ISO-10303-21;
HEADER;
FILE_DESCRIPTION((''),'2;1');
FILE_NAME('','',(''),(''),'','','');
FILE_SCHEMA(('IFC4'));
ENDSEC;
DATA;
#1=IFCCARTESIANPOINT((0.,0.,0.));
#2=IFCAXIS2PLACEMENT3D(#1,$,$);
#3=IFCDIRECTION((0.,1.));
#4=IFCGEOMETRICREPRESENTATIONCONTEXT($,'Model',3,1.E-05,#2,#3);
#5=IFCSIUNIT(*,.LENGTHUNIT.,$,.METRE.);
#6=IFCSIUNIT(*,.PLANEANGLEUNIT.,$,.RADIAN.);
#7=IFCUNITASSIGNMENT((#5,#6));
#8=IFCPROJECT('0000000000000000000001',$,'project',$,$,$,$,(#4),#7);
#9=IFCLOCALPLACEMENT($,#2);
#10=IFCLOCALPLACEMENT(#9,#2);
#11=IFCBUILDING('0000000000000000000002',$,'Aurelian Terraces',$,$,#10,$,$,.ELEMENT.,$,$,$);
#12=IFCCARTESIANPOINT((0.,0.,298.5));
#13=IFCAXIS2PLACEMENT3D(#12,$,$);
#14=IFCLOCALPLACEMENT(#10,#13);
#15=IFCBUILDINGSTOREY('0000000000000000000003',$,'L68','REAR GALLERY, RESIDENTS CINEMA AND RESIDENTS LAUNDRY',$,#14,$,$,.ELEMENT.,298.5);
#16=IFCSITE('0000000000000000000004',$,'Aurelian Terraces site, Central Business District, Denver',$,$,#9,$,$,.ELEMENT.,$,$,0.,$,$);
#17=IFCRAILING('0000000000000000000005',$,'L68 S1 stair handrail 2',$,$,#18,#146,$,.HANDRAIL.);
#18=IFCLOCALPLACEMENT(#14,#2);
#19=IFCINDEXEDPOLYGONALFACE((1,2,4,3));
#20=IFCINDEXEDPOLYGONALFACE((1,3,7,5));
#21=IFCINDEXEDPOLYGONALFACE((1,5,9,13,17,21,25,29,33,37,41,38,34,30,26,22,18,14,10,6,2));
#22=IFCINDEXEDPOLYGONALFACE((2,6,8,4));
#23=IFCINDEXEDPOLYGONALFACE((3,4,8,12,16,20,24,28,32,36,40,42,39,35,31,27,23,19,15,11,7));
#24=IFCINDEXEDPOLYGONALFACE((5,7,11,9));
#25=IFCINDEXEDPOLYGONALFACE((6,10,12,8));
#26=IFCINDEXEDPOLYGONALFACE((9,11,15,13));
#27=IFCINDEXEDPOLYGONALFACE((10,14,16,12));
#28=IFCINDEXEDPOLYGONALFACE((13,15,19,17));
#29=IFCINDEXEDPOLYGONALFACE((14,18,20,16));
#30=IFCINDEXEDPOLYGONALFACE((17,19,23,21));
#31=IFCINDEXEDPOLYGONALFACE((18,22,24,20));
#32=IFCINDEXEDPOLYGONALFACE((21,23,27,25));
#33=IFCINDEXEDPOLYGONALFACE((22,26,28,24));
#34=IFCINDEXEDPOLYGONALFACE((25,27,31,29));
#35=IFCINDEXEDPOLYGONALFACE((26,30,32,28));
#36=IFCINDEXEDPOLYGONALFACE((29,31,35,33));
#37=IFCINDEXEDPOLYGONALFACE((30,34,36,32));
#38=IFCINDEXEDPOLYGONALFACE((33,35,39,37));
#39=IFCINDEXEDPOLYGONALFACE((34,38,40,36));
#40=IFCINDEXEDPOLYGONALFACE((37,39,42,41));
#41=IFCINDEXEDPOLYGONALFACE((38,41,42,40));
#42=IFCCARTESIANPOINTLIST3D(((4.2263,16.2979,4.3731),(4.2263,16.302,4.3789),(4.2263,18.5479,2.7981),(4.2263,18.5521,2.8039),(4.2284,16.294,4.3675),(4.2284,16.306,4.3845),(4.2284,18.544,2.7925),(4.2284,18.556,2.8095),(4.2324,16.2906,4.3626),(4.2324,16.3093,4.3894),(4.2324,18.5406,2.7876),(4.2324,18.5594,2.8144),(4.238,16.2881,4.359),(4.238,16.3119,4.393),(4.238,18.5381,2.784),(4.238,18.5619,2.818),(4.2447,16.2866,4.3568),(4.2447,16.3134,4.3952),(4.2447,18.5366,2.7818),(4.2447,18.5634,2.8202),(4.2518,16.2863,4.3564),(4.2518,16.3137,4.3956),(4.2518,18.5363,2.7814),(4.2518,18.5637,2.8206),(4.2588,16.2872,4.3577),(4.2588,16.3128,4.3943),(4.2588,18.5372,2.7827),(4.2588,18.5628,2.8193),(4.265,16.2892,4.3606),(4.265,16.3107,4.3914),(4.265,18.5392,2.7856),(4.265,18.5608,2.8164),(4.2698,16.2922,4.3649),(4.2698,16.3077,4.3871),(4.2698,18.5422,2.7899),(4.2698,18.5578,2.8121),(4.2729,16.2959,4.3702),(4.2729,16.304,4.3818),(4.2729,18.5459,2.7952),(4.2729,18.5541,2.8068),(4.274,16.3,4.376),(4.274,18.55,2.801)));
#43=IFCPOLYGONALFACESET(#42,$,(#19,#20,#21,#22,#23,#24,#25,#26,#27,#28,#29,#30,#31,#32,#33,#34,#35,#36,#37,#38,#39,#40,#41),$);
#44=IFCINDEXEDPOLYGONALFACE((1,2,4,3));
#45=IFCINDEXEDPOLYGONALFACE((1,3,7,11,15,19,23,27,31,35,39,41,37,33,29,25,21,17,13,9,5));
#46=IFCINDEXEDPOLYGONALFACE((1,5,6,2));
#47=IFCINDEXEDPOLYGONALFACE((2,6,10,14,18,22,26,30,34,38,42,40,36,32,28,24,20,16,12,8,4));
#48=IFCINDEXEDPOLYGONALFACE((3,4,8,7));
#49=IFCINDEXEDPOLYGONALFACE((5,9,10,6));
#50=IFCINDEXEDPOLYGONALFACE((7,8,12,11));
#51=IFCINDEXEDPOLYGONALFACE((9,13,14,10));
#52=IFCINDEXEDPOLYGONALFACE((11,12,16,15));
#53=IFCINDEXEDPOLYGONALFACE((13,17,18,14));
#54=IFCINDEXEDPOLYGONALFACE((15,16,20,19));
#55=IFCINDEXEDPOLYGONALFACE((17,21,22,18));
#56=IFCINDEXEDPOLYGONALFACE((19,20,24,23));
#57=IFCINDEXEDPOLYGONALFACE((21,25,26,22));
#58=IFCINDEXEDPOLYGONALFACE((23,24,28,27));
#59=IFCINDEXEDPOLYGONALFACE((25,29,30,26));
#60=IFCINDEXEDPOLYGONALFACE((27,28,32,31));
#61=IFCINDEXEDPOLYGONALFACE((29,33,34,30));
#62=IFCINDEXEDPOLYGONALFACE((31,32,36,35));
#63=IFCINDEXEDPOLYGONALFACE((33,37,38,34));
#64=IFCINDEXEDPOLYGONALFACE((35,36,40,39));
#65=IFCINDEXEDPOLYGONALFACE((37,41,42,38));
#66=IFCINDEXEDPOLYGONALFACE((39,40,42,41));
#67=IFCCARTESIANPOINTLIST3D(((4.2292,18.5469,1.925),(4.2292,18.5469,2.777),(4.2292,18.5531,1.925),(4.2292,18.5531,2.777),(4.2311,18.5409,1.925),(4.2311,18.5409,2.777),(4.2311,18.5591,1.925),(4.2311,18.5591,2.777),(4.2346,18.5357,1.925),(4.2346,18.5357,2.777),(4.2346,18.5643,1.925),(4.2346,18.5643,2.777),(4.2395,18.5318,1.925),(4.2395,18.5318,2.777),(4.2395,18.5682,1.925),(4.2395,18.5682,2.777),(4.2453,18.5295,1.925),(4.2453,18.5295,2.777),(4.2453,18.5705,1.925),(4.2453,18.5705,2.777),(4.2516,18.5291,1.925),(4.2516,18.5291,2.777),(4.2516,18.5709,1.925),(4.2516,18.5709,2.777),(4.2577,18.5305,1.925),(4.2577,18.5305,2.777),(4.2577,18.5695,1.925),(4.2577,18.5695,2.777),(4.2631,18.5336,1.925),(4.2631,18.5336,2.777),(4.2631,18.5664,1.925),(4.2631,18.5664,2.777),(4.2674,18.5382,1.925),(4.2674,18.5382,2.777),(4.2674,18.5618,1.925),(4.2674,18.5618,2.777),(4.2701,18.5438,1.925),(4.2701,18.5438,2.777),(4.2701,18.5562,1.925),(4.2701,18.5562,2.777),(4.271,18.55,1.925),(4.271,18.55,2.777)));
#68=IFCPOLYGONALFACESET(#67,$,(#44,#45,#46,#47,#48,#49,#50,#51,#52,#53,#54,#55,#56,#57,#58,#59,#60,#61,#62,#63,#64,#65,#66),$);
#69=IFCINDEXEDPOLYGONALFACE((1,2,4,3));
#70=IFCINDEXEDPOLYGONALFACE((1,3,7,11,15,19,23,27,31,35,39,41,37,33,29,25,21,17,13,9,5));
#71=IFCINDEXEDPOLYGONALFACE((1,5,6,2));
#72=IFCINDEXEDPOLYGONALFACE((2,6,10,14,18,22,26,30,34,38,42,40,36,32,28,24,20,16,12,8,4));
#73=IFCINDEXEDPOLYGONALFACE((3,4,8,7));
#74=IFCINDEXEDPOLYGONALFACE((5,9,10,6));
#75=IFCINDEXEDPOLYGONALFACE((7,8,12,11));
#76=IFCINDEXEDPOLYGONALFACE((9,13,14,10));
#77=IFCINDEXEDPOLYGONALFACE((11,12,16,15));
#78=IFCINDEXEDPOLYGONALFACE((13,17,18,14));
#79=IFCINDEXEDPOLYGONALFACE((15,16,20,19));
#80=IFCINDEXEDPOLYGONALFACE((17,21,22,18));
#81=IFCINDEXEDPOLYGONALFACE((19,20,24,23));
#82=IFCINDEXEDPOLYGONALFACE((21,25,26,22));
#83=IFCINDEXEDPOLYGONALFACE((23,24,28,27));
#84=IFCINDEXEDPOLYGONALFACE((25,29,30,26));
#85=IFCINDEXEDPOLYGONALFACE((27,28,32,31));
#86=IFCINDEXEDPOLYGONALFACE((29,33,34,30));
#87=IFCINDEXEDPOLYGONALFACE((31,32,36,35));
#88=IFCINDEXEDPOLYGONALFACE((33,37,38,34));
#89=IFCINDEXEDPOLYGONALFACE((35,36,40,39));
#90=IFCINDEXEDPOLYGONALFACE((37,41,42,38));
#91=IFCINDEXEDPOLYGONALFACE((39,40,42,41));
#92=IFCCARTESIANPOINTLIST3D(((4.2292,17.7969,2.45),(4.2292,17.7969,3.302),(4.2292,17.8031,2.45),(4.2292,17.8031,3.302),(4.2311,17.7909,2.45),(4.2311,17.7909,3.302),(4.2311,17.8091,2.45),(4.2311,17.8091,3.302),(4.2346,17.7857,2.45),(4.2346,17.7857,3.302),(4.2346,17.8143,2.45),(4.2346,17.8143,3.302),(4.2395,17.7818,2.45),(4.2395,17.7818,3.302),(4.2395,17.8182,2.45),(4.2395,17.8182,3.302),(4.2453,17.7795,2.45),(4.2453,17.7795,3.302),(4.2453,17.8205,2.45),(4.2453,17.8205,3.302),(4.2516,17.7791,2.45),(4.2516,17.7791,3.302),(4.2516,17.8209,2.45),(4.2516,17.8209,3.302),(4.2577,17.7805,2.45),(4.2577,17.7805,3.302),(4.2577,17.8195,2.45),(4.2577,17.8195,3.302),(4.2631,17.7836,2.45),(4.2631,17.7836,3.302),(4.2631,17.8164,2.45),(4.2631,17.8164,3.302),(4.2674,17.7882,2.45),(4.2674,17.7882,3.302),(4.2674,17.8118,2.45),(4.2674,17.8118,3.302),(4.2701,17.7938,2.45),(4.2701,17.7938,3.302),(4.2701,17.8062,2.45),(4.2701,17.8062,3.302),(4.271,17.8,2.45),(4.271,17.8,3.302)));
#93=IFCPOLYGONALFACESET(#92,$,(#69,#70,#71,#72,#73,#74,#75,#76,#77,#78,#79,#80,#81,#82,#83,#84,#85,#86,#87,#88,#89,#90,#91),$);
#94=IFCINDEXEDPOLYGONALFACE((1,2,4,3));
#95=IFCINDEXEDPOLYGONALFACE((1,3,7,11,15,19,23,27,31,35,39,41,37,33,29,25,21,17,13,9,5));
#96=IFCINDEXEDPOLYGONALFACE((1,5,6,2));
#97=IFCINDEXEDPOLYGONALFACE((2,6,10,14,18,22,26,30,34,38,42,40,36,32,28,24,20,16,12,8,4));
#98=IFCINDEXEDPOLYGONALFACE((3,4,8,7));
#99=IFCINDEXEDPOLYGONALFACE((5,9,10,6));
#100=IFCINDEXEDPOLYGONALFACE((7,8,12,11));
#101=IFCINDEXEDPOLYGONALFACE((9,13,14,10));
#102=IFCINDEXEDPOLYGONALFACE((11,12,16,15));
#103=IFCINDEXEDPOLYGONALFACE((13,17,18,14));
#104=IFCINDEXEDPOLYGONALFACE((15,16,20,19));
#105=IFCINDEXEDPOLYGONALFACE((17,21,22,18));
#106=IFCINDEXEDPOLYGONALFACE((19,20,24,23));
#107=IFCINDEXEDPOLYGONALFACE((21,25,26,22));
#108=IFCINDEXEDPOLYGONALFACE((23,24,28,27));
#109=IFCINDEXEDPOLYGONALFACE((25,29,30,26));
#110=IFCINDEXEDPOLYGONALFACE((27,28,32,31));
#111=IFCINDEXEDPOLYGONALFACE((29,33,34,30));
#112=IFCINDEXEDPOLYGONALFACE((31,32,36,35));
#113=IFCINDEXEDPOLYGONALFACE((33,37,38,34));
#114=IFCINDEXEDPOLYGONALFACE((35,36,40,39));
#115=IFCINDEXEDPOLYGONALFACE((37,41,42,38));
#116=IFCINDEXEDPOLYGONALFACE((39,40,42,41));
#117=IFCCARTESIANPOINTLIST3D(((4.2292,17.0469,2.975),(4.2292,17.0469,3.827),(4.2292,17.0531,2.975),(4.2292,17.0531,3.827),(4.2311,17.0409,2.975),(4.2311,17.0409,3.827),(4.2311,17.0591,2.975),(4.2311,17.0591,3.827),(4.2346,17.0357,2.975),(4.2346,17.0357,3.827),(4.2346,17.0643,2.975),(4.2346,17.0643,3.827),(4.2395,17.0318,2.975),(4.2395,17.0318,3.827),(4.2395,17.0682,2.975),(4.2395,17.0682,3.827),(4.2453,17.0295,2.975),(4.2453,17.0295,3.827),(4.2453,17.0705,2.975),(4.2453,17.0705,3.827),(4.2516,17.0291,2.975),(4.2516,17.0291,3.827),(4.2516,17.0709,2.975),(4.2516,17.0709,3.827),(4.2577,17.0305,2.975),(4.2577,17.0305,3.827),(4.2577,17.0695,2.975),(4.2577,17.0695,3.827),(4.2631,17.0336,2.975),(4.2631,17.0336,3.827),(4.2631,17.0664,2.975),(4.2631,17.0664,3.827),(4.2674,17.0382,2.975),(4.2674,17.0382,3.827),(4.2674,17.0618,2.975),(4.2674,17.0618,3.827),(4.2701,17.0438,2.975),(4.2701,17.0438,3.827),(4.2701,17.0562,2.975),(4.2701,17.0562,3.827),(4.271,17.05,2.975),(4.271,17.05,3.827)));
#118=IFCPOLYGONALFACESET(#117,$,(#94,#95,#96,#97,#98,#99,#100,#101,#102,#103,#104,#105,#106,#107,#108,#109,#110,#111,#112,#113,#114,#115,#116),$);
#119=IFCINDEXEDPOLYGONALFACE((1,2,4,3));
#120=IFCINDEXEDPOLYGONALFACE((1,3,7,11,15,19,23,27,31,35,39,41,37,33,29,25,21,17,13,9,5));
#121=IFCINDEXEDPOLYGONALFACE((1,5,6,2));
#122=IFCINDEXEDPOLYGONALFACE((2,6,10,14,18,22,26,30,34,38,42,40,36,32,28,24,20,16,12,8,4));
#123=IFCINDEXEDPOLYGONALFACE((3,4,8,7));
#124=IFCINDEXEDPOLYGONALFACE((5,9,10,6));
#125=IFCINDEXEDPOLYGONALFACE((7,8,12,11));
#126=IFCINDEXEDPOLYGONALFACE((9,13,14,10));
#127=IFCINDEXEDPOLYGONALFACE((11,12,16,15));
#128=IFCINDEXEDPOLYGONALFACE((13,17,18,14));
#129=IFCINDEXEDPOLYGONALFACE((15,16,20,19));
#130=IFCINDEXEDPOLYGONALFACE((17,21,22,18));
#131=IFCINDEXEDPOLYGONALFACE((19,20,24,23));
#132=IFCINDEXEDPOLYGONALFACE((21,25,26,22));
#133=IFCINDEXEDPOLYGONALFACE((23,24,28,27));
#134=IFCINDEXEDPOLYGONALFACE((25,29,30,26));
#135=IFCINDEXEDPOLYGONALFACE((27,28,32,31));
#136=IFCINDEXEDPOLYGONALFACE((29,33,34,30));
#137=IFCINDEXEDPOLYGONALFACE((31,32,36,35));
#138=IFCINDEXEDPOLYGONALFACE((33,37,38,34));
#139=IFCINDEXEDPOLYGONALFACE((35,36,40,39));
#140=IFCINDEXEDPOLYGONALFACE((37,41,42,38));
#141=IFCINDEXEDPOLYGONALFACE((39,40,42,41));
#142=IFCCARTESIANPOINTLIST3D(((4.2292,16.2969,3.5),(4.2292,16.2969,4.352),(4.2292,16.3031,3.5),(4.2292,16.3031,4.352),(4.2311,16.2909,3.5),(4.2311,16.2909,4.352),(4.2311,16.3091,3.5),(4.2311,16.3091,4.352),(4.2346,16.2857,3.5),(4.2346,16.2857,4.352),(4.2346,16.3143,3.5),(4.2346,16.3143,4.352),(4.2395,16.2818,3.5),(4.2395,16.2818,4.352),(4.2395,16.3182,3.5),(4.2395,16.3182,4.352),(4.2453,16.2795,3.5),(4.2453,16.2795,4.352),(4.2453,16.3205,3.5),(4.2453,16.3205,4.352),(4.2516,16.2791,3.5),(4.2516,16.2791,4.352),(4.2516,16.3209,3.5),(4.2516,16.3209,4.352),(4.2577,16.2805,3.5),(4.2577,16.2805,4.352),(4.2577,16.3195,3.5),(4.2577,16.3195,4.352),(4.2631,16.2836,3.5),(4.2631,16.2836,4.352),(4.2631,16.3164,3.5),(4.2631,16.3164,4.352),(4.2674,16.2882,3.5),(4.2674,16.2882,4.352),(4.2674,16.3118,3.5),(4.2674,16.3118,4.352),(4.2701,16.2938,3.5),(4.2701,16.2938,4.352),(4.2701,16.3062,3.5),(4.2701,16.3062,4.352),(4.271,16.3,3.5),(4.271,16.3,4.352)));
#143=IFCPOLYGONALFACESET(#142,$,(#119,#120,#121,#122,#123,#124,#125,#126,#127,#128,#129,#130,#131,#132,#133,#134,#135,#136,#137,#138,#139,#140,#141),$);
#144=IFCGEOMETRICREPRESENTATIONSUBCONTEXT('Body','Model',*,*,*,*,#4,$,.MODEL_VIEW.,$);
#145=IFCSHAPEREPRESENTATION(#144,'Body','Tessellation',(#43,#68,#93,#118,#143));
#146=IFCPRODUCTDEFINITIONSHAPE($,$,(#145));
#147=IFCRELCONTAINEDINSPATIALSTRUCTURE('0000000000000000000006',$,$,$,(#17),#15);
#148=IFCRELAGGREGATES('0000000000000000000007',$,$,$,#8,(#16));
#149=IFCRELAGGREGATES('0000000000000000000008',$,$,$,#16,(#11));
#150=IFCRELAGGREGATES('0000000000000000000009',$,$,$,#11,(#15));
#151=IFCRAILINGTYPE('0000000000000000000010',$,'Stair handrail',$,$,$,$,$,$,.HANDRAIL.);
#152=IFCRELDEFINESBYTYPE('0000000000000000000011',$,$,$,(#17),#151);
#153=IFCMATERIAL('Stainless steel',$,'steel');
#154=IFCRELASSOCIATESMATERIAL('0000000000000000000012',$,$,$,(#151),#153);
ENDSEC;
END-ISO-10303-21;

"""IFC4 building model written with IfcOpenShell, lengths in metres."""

from ifc_helpers import new_model, si_unit, direction, frame, origin, origin_2d, place, context, subcontext, project, spatial, circle, extrude, source, transform, mapped, material, type_object, element, save


model = new_model("IFC4")

# Units and contexts
model_context = context("Model", 3, precision=1e-05, world=origin(), true_north=direction((0.0, 1.0)))
body_context = subcontext(model_context, "Body", "Model", "MODEL_VIEW")
ifc_project = project(units=[si_unit("LENGTHUNIT", "METRE"), si_unit("PLANEANGLEUNIT", "RADIAN")], contexts=[model_context])

# Site, building, storey
site_placement = place(None, origin())
site = spatial("IfcSite", under=ifc_project, at=site_placement, Name="Aurelian Terraces site, Central Business District, Denver", CompositionType="ELEMENT", RefElevation=0.0)
building_placement = place(site_placement, origin())
building = spatial("IfcBuilding", under=site, at=building_placement, Name="Aurelian Terraces", CompositionType="ELEMENT")
storey_placement = place(building_placement, frame((0.0, 0.0, 298.5)))
storey = spatial("IfcBuildingStorey", under=building, at=storey_placement, Name="L68", Description="REAR GALLERY, RESIDENTS CINEMA AND RESIDENTS LAUNDRY", CompositionType="ELEMENT", Elevation=298.5)

# Railing
ifc_material_1 = material(Name="Stainless steel", Category="steel")
railing_type_1 = type_object("IfcRailingType", Name="Stair handrail", PredefinedType="HANDRAIL", material=ifc_material_1)
shared_shape_1 = source(origin(), body_context, "Body", "SweptSolid", [
    extrude(circle(Radius=0.024, at=origin_2d()), frame((0.0, 0.0, 0.876), z_axis=(0.0, -0.819232, 0.573462), x_axis=(1.0, 0.0, 0.0)), (0.0, 0.0, 1.0), 2.7465),
    extrude(circle(Radius=0.021, at=origin_2d()), origin(), (0.0, 0.0, 1.0), 0.852),
    extrude(circle(Radius=0.021, at=origin_2d()), frame((0.0, -0.75, 0.525)), (0.0, 0.0, 1.0), 0.852),
    extrude(circle(Radius=0.021, at=origin_2d()), frame((0.0, -1.5, 1.05)), (0.0, 0.0, 1.0), 0.852),
    extrude(circle(Radius=0.021, at=origin_2d()), frame((0.0, -2.25, 1.575)), (0.0, 0.0, 1.0), 0.852),
])
railing_1_placement = place(storey_placement, frame((4.25, 18.55, 1.925)))
element("IfcRailing", 1, at=railing_1_placement, inside=storey, type_object=railing_type_1, Name="L68 S1 stair handrail 2", PredefinedType="HANDRAIL", context=body_context, shape_type="MappedRepresentation", body=[
    mapped(shared_shape_1, transform((0.0, 0.0, 0.0), scale=1.0)),
])

save(model, "model.ifc")
